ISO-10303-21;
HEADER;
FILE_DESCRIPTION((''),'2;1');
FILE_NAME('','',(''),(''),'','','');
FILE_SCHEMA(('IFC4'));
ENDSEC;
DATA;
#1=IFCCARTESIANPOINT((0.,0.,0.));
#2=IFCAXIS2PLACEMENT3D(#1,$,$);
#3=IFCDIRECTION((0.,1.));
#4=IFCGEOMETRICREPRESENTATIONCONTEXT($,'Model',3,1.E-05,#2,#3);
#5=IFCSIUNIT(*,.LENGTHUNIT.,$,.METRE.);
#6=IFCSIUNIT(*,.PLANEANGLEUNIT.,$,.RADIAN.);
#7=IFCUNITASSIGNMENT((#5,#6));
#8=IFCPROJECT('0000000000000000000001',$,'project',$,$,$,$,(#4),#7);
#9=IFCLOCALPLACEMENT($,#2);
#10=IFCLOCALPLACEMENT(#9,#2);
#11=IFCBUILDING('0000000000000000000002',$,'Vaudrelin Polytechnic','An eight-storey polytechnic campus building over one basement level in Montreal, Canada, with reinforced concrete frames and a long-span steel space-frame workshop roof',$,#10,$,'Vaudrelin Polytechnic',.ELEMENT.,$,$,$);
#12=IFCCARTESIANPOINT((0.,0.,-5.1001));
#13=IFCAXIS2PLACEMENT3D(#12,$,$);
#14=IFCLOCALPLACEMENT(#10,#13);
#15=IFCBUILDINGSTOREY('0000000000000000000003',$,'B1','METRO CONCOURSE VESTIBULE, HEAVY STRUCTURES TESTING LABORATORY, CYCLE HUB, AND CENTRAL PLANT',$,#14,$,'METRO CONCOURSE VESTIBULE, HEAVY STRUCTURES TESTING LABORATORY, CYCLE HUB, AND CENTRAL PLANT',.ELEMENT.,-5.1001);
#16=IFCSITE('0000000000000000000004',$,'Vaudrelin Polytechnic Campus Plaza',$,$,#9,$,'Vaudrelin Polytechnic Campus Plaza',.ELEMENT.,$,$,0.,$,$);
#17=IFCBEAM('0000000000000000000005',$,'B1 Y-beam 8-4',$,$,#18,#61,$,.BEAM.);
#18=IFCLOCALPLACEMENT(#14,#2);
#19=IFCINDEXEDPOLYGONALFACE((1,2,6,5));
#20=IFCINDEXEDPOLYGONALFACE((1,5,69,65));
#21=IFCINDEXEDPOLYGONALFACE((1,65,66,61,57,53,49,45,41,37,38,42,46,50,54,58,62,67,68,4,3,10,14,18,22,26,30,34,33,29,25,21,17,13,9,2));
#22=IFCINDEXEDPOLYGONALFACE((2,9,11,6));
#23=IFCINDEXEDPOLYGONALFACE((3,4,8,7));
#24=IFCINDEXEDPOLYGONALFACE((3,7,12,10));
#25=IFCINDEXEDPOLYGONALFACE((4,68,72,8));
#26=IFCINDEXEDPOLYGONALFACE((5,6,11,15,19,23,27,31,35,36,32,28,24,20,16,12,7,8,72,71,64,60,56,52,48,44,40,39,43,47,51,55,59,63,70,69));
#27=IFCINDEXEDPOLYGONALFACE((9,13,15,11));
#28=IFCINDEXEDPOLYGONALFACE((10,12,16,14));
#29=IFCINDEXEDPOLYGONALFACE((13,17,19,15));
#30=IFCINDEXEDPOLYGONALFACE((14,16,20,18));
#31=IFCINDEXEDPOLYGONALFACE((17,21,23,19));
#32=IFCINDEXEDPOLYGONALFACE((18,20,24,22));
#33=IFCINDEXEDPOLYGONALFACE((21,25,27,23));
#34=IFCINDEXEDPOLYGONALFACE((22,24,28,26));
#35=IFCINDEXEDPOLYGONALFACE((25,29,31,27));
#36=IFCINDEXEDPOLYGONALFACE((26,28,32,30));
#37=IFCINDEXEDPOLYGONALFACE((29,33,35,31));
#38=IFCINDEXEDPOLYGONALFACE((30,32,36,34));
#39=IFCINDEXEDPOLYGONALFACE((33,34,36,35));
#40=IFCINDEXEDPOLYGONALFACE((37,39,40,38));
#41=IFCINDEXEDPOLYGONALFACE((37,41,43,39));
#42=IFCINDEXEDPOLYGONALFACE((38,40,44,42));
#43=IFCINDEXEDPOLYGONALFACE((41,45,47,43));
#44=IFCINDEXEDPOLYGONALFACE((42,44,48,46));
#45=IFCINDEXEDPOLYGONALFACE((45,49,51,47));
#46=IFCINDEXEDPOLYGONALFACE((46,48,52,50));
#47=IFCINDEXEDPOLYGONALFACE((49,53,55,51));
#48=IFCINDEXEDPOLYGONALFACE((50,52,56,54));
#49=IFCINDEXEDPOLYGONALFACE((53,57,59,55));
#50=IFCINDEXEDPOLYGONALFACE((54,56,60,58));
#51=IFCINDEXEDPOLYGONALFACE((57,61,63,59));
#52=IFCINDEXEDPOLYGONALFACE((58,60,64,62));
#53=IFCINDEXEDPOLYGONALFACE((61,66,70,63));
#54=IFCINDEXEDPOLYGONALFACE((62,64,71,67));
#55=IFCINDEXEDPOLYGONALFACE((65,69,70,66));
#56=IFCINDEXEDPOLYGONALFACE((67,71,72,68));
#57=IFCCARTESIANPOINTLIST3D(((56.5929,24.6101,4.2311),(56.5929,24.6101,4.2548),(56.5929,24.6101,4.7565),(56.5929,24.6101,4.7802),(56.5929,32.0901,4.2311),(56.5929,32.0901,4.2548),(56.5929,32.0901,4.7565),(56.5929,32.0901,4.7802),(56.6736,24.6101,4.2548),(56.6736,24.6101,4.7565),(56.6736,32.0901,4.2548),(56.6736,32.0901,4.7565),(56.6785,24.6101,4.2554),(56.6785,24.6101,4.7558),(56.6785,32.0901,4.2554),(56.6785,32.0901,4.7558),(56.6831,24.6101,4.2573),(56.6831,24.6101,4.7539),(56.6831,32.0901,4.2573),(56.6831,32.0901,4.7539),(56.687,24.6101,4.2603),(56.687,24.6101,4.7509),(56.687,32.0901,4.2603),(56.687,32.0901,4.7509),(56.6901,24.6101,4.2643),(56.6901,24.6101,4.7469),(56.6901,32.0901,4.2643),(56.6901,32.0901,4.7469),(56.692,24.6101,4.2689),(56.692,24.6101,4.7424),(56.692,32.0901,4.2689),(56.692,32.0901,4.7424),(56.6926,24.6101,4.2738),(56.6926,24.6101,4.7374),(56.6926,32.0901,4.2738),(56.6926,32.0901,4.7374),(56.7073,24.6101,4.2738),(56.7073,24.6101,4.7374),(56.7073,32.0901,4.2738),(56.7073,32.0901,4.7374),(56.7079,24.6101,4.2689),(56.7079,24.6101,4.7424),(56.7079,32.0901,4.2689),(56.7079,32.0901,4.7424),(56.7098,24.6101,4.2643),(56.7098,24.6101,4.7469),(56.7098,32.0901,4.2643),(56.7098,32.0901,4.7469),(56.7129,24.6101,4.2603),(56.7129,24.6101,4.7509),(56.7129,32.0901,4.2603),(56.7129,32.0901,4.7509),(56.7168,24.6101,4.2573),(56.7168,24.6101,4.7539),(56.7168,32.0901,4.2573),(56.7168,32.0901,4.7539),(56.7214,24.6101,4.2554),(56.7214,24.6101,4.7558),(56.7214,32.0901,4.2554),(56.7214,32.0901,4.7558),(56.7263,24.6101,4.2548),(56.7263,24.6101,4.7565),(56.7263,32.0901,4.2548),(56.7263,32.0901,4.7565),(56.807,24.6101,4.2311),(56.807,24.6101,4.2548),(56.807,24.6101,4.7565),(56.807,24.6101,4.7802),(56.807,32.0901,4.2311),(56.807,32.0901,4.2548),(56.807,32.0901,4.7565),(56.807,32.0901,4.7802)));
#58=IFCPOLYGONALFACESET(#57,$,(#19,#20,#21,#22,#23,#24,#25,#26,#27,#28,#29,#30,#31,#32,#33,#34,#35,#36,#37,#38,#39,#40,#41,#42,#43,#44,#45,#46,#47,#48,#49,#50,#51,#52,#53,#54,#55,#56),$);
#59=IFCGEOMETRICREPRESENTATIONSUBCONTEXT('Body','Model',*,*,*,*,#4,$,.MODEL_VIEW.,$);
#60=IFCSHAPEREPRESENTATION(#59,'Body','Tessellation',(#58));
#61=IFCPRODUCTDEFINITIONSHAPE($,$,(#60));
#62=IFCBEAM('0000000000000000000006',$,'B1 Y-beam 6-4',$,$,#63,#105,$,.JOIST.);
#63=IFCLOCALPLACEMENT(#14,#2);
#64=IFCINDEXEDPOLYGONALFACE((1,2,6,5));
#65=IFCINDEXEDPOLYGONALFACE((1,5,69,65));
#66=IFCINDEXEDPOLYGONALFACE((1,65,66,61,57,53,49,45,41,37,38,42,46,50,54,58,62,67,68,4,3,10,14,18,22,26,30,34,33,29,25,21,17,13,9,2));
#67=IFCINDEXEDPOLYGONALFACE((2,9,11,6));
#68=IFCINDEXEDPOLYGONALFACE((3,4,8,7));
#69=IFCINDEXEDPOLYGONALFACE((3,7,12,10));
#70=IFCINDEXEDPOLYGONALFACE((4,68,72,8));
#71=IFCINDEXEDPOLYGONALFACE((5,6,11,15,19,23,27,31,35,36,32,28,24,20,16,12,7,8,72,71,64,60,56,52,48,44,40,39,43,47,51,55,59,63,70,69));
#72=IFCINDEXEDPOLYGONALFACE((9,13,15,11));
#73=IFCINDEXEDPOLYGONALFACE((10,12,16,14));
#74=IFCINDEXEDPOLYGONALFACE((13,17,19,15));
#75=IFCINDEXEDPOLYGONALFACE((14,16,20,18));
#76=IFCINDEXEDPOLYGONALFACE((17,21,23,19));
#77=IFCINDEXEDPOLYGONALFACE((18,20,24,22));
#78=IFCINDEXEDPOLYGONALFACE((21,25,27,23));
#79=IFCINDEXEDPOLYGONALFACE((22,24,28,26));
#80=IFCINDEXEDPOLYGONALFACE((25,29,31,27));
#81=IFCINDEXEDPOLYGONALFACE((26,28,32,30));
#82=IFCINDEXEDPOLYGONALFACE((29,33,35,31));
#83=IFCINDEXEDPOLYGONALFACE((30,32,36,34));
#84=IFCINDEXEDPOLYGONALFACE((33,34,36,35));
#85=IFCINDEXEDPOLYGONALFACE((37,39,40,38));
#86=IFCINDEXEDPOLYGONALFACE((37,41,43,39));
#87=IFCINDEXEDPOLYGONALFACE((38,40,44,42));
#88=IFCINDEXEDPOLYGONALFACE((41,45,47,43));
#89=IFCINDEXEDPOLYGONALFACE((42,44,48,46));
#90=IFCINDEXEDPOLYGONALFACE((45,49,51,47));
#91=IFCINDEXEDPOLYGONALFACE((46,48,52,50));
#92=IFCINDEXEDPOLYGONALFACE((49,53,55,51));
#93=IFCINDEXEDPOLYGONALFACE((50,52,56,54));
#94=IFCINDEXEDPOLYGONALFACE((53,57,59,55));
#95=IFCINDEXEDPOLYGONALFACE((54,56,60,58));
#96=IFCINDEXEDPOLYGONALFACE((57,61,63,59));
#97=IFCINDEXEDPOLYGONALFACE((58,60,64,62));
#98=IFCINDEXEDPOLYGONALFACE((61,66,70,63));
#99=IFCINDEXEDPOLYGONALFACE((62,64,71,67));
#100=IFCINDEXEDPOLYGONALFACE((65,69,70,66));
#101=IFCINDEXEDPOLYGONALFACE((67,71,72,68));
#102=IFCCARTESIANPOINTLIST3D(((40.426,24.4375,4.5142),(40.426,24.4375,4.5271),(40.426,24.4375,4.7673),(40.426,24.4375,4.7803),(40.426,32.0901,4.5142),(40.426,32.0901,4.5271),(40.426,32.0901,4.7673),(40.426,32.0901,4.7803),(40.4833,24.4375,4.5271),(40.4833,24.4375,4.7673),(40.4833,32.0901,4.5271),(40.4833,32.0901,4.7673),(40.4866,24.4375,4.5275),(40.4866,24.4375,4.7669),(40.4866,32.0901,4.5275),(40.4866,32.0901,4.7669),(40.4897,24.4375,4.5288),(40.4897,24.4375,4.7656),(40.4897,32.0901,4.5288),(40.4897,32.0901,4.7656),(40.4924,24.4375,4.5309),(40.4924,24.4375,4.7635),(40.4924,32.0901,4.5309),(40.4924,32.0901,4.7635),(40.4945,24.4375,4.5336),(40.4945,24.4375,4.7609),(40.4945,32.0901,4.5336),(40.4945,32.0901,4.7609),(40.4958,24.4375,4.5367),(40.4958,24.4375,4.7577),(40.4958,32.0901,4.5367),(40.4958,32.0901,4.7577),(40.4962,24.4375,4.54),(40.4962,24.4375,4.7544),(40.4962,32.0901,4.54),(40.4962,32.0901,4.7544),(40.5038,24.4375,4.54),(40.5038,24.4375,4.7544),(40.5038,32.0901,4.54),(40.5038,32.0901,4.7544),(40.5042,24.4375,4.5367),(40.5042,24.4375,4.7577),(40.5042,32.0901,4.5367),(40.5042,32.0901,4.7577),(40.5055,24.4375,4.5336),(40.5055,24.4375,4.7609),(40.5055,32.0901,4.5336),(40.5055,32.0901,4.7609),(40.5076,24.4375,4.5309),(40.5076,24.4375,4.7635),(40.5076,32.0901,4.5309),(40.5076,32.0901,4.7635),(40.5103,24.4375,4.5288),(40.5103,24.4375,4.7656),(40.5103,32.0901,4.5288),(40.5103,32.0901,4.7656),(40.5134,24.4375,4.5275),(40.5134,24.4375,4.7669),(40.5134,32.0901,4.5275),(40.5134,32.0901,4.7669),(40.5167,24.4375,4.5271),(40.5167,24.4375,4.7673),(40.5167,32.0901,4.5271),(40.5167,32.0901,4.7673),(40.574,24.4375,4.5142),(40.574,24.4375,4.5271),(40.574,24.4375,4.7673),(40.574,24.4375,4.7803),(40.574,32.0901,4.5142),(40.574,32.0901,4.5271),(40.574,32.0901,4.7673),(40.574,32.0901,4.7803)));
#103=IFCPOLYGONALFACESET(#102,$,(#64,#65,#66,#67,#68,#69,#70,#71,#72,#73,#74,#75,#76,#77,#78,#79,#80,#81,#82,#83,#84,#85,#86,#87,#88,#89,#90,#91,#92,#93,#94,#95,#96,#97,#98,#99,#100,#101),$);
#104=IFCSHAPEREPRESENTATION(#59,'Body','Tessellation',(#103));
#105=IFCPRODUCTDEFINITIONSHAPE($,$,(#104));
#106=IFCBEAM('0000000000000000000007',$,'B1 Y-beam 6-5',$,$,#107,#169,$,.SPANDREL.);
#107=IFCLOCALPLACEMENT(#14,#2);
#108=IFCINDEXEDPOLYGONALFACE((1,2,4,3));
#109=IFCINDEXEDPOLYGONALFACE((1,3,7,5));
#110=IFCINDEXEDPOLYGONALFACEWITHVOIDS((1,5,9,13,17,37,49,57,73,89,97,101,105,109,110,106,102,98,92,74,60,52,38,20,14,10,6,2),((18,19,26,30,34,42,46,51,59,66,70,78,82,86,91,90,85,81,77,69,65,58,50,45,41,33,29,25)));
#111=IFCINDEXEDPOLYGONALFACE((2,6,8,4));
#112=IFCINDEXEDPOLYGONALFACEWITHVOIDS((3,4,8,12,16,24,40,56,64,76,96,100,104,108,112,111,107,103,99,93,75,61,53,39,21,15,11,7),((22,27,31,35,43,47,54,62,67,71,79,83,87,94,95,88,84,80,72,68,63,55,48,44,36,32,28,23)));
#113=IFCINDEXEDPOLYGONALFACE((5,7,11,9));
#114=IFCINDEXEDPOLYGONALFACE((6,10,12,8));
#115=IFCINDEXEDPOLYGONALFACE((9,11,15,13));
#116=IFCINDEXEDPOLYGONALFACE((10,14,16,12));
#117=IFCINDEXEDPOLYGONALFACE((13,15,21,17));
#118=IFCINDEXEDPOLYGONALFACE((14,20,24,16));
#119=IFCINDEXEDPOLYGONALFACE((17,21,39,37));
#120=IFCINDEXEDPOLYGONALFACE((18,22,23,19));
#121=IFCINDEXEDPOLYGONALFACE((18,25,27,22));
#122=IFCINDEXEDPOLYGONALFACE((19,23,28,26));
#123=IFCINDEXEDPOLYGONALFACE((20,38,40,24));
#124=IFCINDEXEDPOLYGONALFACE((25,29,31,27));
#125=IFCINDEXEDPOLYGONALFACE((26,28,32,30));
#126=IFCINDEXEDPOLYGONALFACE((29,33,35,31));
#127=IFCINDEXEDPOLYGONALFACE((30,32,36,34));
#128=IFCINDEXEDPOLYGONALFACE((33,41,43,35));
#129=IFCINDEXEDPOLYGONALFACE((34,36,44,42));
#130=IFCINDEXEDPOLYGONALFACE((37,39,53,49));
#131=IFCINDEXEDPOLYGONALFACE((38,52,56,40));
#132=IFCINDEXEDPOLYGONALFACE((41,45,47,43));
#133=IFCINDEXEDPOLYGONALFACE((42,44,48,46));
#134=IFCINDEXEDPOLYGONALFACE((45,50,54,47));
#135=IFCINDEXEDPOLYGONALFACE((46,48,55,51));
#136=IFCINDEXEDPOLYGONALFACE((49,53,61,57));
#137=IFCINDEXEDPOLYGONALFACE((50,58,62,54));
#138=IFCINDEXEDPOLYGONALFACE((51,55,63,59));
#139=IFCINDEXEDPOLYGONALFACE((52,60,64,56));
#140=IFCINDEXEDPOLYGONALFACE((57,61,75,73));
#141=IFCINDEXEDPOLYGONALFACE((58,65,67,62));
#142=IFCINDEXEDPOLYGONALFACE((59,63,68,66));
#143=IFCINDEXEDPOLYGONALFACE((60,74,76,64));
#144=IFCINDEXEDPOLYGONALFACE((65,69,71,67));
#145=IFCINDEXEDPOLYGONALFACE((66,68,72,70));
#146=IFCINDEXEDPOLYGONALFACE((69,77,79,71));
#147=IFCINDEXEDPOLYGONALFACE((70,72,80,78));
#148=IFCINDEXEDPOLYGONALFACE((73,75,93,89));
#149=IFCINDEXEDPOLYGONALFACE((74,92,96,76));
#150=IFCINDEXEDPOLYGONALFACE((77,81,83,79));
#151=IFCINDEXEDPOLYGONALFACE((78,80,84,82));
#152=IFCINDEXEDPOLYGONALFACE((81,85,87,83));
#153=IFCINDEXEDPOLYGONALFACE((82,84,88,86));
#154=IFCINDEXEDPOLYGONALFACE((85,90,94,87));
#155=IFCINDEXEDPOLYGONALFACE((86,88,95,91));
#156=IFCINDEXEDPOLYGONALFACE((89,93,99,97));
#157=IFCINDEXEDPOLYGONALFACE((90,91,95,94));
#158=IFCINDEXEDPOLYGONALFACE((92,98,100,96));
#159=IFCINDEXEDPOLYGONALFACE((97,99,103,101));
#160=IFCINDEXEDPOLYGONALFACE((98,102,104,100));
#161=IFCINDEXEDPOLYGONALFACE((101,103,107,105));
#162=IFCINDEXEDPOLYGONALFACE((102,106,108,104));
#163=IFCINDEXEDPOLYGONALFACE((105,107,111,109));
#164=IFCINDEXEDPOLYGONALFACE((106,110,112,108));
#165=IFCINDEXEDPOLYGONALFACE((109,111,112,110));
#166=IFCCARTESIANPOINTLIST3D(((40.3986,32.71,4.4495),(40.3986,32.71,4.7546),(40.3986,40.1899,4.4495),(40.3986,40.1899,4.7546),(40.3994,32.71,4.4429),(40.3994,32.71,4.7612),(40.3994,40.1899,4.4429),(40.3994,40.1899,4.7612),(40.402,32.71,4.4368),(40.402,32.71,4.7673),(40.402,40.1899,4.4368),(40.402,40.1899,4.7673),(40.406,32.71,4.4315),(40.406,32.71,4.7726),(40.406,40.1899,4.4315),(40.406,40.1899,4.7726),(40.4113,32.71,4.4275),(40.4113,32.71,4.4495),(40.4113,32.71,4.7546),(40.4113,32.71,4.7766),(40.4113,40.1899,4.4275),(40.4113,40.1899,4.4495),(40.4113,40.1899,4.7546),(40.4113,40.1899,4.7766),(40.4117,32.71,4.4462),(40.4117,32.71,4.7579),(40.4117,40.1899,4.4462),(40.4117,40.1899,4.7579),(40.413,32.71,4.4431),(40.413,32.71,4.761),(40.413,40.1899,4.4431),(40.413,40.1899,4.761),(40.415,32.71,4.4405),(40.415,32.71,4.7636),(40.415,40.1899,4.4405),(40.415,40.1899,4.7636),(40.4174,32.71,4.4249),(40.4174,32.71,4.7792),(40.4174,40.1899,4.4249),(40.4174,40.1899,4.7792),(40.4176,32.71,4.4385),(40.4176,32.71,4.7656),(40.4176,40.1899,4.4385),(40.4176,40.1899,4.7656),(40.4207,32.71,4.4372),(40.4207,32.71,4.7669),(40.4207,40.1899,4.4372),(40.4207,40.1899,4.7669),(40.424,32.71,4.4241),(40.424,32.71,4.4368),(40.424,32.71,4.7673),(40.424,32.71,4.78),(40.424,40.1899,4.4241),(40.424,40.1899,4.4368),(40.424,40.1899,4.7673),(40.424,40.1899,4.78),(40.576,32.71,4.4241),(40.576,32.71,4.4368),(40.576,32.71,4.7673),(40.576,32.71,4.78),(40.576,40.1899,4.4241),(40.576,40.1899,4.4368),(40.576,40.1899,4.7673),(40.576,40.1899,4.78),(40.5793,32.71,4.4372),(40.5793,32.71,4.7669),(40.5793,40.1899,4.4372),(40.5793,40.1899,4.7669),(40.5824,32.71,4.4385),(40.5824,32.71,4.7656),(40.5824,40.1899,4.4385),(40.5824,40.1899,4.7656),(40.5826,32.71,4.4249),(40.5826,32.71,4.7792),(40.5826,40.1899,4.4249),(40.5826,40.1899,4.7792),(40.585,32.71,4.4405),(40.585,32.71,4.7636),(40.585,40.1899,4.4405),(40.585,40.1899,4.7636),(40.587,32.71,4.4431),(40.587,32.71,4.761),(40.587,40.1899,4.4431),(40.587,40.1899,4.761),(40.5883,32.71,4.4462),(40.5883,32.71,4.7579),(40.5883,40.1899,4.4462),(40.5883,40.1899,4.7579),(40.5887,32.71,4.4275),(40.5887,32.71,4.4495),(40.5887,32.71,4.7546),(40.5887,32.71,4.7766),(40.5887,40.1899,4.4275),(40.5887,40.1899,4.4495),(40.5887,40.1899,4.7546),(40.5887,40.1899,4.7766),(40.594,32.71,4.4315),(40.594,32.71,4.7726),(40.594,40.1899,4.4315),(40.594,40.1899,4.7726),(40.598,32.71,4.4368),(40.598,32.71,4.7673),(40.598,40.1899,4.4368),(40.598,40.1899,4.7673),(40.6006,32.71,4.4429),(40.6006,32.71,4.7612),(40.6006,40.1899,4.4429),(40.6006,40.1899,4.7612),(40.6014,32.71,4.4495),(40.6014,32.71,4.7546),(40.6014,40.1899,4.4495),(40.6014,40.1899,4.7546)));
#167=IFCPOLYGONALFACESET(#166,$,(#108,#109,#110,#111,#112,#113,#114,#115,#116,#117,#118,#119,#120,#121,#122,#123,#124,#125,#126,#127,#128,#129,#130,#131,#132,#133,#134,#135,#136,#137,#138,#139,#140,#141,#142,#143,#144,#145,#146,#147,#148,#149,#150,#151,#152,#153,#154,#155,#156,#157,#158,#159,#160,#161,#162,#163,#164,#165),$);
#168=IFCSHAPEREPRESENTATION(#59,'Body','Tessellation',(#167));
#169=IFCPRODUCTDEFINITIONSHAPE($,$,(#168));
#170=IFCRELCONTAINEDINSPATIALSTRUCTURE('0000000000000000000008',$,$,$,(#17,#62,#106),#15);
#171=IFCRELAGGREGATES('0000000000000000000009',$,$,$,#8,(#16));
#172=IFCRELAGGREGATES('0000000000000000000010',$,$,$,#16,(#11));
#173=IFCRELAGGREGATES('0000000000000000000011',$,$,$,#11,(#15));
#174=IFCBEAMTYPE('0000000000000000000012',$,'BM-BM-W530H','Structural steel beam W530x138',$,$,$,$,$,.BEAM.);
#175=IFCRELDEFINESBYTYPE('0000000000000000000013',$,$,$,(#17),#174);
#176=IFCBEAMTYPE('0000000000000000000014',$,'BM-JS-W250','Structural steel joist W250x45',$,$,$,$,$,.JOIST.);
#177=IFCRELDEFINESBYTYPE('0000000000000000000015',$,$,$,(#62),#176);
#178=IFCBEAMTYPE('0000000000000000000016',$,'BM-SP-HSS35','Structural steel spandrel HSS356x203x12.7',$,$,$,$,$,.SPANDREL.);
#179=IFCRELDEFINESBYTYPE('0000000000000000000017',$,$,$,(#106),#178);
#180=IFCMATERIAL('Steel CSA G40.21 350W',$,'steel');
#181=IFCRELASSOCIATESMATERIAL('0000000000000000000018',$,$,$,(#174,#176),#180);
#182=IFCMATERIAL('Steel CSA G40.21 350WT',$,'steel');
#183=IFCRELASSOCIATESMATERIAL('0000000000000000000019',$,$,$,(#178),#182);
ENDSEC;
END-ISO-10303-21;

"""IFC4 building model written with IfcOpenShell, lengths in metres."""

from ifc_helpers import new_model, si_unit, direction, frame, origin, origin_2d, place, context, subcontext, project, spatial, hollow_rectangle, i_section, extrude, material, material_profile, profile_set, type_object, element, save


model = new_model("IFC4")

# Units and contexts
model_context = context("Model", 3, precision=1e-05, world=origin(), true_north=direction((0.0, 1.0)))
body_context = subcontext(model_context, "Body", "Model", "MODEL_VIEW")
ifc_project = project(units=[si_unit("LENGTHUNIT", "METRE"), si_unit("PLANEANGLEUNIT", "RADIAN")], contexts=[model_context])

# Site, building, storey
site_placement = place(None, origin())
site = spatial("IfcSite", under=ifc_project, at=site_placement, Name="Vaudrelin Polytechnic Campus Plaza", LongName="Vaudrelin Polytechnic Campus Plaza", CompositionType="ELEMENT", RefElevation=0.0)
building_placement = place(site_placement, origin())
building = spatial("IfcBuilding", under=site, at=building_placement, Name="Vaudrelin Polytechnic", Description="An eight-storey polytechnic campus building over one basement level in Montreal, Canada, with reinforced concrete frames and a long-span steel space-frame workshop roof", LongName="Vaudrelin Polytechnic", CompositionType="ELEMENT")
storey_placement = place(building_placement, frame((0.0, 0.0, -5.1001)))
storey = spatial("IfcBuildingStorey", under=building, at=storey_placement, Name="B1", Description="METRO CONCOURSE VESTIBULE, HEAVY STRUCTURES TESTING LABORATORY, CYCLE HUB, AND CENTRAL PLANT", LongName="METRO CONCOURSE VESTIBULE, HEAVY STRUCTURES TESTING LABORATORY, CYCLE HUB, AND CENTRAL PLANT", CompositionType="ELEMENT", Elevation=-5.1001)

# Beams
ifc_material_1 = material(Name="Steel CSA G40.21 350W", Category="steel")
ifc_material_profile_1 = material_profile(ifc_material_1, i_section(OverallWidth=0.2141, OverallDepth=0.5491, WebThickness=0.0146, FlangeThickness=0.0237, FilletRadius=0.019, at=origin_2d()), Name="W530x138")
ifc_profile_set_1 = profile_set([ifc_material_profile_1], Name="Steel CSA G40.21 350W")
beam_type_1 = type_object("IfcBeamType", Name="BM-BM-W530H", Description="Structural steel beam W530x138", PredefinedType="BEAM", material=ifc_profile_set_1)
for number, where, z_axis, x_axis, name in (
    (1, (56.7, 24.6101, 4.5056), (0.0, 1.0, 0.0), (-1.0, 0.0, 0.0), "B1 Y-beam 8-4"),
):
    element("IfcBeam", number, at=place(storey_placement, frame(where, z_axis=z_axis, x_axis=x_axis)), inside=storey, type_object=beam_type_1, Name=name, PredefinedType="BEAM", context=body_context, shape_type="SweptSolid", body=[
        extrude(i_section(OverallWidth=0.2141, OverallDepth=0.5491, WebThickness=0.0146, FlangeThickness=0.0237, FilletRadius=0.019, at=origin_2d()), origin(), (0.0, 0.0, 1.0), 7.48),
    ])
ifc_material_profile_2 = material_profile(ifc_material_1, i_section(OverallWidth=0.1479, OverallDepth=0.2661, WebThickness=0.0076, FlangeThickness=0.0129, FilletRadius=0.0129, at=origin_2d()), Name="W250x45")
ifc_profile_set_2 = profile_set([ifc_material_profile_2], Name="Steel CSA G40.21 350W")
beam_type_2 = type_object("IfcBeamType", Name="BM-JS-W250", Description="Structural steel joist W250x45", PredefinedType="JOIST", material=ifc_profile_set_2)
beam_1_placement = place(storey_placement, frame((40.5, 24.4375, 4.6472), z_axis=(0.0, 1.0, 0.0), x_axis=(-1.0, 0.0, 0.0)))
element("IfcBeam", 2, at=beam_1_placement, inside=storey, type_object=beam_type_2, Name="B1 Y-beam 6-4", PredefinedType="JOIST", context=body_context, shape_type="SweptSolid", body=[
    extrude(i_section(OverallWidth=0.1479, OverallDepth=0.2661, WebThickness=0.0076, FlangeThickness=0.0129, FilletRadius=0.0129, at=origin_2d()), origin(), (0.0, 0.0, 1.0), 7.6526),
])
ifc_material_2 = material(Name="Steel CSA G40.21 350WT", Category="steel")
ifc_material_profile_3 = material_profile(ifc_material_2, hollow_rectangle(XDim=0.2029, YDim=0.356, WallThickness=0.0127, InnerFilletRadius=0.0127, OuterFilletRadius=0.0254, at=origin_2d()), Name="HSS356x203x12.7")
ifc_profile_set_3 = profile_set([ifc_material_profile_3], Name="Steel CSA G40.21 350WT")
beam_type_3 = type_object("IfcBeamType", Name="BM-SP-HSS35", Description="Structural steel spandrel HSS356x203x12.7", PredefinedType="SPANDREL", material=ifc_profile_set_3)
beam_2_placement = place(storey_placement, frame((40.5, 32.71, 4.6021), z_axis=(0.0, 1.0, 0.0), x_axis=(-1.0, 0.0, 0.0)))
element("IfcBeam", 3, at=beam_2_placement, inside=storey, type_object=beam_type_3, Name="B1 Y-beam 6-5", PredefinedType="SPANDREL", context=body_context, shape_type="SweptSolid", body=[
    extrude(hollow_rectangle(XDim=0.2029, YDim=0.356, WallThickness=0.0127, InnerFilletRadius=0.0127, OuterFilletRadius=0.0254, at=origin_2d()), origin(), (0.0, 0.0, 1.0), 7.48),
])

save(model, "model.ifc")
